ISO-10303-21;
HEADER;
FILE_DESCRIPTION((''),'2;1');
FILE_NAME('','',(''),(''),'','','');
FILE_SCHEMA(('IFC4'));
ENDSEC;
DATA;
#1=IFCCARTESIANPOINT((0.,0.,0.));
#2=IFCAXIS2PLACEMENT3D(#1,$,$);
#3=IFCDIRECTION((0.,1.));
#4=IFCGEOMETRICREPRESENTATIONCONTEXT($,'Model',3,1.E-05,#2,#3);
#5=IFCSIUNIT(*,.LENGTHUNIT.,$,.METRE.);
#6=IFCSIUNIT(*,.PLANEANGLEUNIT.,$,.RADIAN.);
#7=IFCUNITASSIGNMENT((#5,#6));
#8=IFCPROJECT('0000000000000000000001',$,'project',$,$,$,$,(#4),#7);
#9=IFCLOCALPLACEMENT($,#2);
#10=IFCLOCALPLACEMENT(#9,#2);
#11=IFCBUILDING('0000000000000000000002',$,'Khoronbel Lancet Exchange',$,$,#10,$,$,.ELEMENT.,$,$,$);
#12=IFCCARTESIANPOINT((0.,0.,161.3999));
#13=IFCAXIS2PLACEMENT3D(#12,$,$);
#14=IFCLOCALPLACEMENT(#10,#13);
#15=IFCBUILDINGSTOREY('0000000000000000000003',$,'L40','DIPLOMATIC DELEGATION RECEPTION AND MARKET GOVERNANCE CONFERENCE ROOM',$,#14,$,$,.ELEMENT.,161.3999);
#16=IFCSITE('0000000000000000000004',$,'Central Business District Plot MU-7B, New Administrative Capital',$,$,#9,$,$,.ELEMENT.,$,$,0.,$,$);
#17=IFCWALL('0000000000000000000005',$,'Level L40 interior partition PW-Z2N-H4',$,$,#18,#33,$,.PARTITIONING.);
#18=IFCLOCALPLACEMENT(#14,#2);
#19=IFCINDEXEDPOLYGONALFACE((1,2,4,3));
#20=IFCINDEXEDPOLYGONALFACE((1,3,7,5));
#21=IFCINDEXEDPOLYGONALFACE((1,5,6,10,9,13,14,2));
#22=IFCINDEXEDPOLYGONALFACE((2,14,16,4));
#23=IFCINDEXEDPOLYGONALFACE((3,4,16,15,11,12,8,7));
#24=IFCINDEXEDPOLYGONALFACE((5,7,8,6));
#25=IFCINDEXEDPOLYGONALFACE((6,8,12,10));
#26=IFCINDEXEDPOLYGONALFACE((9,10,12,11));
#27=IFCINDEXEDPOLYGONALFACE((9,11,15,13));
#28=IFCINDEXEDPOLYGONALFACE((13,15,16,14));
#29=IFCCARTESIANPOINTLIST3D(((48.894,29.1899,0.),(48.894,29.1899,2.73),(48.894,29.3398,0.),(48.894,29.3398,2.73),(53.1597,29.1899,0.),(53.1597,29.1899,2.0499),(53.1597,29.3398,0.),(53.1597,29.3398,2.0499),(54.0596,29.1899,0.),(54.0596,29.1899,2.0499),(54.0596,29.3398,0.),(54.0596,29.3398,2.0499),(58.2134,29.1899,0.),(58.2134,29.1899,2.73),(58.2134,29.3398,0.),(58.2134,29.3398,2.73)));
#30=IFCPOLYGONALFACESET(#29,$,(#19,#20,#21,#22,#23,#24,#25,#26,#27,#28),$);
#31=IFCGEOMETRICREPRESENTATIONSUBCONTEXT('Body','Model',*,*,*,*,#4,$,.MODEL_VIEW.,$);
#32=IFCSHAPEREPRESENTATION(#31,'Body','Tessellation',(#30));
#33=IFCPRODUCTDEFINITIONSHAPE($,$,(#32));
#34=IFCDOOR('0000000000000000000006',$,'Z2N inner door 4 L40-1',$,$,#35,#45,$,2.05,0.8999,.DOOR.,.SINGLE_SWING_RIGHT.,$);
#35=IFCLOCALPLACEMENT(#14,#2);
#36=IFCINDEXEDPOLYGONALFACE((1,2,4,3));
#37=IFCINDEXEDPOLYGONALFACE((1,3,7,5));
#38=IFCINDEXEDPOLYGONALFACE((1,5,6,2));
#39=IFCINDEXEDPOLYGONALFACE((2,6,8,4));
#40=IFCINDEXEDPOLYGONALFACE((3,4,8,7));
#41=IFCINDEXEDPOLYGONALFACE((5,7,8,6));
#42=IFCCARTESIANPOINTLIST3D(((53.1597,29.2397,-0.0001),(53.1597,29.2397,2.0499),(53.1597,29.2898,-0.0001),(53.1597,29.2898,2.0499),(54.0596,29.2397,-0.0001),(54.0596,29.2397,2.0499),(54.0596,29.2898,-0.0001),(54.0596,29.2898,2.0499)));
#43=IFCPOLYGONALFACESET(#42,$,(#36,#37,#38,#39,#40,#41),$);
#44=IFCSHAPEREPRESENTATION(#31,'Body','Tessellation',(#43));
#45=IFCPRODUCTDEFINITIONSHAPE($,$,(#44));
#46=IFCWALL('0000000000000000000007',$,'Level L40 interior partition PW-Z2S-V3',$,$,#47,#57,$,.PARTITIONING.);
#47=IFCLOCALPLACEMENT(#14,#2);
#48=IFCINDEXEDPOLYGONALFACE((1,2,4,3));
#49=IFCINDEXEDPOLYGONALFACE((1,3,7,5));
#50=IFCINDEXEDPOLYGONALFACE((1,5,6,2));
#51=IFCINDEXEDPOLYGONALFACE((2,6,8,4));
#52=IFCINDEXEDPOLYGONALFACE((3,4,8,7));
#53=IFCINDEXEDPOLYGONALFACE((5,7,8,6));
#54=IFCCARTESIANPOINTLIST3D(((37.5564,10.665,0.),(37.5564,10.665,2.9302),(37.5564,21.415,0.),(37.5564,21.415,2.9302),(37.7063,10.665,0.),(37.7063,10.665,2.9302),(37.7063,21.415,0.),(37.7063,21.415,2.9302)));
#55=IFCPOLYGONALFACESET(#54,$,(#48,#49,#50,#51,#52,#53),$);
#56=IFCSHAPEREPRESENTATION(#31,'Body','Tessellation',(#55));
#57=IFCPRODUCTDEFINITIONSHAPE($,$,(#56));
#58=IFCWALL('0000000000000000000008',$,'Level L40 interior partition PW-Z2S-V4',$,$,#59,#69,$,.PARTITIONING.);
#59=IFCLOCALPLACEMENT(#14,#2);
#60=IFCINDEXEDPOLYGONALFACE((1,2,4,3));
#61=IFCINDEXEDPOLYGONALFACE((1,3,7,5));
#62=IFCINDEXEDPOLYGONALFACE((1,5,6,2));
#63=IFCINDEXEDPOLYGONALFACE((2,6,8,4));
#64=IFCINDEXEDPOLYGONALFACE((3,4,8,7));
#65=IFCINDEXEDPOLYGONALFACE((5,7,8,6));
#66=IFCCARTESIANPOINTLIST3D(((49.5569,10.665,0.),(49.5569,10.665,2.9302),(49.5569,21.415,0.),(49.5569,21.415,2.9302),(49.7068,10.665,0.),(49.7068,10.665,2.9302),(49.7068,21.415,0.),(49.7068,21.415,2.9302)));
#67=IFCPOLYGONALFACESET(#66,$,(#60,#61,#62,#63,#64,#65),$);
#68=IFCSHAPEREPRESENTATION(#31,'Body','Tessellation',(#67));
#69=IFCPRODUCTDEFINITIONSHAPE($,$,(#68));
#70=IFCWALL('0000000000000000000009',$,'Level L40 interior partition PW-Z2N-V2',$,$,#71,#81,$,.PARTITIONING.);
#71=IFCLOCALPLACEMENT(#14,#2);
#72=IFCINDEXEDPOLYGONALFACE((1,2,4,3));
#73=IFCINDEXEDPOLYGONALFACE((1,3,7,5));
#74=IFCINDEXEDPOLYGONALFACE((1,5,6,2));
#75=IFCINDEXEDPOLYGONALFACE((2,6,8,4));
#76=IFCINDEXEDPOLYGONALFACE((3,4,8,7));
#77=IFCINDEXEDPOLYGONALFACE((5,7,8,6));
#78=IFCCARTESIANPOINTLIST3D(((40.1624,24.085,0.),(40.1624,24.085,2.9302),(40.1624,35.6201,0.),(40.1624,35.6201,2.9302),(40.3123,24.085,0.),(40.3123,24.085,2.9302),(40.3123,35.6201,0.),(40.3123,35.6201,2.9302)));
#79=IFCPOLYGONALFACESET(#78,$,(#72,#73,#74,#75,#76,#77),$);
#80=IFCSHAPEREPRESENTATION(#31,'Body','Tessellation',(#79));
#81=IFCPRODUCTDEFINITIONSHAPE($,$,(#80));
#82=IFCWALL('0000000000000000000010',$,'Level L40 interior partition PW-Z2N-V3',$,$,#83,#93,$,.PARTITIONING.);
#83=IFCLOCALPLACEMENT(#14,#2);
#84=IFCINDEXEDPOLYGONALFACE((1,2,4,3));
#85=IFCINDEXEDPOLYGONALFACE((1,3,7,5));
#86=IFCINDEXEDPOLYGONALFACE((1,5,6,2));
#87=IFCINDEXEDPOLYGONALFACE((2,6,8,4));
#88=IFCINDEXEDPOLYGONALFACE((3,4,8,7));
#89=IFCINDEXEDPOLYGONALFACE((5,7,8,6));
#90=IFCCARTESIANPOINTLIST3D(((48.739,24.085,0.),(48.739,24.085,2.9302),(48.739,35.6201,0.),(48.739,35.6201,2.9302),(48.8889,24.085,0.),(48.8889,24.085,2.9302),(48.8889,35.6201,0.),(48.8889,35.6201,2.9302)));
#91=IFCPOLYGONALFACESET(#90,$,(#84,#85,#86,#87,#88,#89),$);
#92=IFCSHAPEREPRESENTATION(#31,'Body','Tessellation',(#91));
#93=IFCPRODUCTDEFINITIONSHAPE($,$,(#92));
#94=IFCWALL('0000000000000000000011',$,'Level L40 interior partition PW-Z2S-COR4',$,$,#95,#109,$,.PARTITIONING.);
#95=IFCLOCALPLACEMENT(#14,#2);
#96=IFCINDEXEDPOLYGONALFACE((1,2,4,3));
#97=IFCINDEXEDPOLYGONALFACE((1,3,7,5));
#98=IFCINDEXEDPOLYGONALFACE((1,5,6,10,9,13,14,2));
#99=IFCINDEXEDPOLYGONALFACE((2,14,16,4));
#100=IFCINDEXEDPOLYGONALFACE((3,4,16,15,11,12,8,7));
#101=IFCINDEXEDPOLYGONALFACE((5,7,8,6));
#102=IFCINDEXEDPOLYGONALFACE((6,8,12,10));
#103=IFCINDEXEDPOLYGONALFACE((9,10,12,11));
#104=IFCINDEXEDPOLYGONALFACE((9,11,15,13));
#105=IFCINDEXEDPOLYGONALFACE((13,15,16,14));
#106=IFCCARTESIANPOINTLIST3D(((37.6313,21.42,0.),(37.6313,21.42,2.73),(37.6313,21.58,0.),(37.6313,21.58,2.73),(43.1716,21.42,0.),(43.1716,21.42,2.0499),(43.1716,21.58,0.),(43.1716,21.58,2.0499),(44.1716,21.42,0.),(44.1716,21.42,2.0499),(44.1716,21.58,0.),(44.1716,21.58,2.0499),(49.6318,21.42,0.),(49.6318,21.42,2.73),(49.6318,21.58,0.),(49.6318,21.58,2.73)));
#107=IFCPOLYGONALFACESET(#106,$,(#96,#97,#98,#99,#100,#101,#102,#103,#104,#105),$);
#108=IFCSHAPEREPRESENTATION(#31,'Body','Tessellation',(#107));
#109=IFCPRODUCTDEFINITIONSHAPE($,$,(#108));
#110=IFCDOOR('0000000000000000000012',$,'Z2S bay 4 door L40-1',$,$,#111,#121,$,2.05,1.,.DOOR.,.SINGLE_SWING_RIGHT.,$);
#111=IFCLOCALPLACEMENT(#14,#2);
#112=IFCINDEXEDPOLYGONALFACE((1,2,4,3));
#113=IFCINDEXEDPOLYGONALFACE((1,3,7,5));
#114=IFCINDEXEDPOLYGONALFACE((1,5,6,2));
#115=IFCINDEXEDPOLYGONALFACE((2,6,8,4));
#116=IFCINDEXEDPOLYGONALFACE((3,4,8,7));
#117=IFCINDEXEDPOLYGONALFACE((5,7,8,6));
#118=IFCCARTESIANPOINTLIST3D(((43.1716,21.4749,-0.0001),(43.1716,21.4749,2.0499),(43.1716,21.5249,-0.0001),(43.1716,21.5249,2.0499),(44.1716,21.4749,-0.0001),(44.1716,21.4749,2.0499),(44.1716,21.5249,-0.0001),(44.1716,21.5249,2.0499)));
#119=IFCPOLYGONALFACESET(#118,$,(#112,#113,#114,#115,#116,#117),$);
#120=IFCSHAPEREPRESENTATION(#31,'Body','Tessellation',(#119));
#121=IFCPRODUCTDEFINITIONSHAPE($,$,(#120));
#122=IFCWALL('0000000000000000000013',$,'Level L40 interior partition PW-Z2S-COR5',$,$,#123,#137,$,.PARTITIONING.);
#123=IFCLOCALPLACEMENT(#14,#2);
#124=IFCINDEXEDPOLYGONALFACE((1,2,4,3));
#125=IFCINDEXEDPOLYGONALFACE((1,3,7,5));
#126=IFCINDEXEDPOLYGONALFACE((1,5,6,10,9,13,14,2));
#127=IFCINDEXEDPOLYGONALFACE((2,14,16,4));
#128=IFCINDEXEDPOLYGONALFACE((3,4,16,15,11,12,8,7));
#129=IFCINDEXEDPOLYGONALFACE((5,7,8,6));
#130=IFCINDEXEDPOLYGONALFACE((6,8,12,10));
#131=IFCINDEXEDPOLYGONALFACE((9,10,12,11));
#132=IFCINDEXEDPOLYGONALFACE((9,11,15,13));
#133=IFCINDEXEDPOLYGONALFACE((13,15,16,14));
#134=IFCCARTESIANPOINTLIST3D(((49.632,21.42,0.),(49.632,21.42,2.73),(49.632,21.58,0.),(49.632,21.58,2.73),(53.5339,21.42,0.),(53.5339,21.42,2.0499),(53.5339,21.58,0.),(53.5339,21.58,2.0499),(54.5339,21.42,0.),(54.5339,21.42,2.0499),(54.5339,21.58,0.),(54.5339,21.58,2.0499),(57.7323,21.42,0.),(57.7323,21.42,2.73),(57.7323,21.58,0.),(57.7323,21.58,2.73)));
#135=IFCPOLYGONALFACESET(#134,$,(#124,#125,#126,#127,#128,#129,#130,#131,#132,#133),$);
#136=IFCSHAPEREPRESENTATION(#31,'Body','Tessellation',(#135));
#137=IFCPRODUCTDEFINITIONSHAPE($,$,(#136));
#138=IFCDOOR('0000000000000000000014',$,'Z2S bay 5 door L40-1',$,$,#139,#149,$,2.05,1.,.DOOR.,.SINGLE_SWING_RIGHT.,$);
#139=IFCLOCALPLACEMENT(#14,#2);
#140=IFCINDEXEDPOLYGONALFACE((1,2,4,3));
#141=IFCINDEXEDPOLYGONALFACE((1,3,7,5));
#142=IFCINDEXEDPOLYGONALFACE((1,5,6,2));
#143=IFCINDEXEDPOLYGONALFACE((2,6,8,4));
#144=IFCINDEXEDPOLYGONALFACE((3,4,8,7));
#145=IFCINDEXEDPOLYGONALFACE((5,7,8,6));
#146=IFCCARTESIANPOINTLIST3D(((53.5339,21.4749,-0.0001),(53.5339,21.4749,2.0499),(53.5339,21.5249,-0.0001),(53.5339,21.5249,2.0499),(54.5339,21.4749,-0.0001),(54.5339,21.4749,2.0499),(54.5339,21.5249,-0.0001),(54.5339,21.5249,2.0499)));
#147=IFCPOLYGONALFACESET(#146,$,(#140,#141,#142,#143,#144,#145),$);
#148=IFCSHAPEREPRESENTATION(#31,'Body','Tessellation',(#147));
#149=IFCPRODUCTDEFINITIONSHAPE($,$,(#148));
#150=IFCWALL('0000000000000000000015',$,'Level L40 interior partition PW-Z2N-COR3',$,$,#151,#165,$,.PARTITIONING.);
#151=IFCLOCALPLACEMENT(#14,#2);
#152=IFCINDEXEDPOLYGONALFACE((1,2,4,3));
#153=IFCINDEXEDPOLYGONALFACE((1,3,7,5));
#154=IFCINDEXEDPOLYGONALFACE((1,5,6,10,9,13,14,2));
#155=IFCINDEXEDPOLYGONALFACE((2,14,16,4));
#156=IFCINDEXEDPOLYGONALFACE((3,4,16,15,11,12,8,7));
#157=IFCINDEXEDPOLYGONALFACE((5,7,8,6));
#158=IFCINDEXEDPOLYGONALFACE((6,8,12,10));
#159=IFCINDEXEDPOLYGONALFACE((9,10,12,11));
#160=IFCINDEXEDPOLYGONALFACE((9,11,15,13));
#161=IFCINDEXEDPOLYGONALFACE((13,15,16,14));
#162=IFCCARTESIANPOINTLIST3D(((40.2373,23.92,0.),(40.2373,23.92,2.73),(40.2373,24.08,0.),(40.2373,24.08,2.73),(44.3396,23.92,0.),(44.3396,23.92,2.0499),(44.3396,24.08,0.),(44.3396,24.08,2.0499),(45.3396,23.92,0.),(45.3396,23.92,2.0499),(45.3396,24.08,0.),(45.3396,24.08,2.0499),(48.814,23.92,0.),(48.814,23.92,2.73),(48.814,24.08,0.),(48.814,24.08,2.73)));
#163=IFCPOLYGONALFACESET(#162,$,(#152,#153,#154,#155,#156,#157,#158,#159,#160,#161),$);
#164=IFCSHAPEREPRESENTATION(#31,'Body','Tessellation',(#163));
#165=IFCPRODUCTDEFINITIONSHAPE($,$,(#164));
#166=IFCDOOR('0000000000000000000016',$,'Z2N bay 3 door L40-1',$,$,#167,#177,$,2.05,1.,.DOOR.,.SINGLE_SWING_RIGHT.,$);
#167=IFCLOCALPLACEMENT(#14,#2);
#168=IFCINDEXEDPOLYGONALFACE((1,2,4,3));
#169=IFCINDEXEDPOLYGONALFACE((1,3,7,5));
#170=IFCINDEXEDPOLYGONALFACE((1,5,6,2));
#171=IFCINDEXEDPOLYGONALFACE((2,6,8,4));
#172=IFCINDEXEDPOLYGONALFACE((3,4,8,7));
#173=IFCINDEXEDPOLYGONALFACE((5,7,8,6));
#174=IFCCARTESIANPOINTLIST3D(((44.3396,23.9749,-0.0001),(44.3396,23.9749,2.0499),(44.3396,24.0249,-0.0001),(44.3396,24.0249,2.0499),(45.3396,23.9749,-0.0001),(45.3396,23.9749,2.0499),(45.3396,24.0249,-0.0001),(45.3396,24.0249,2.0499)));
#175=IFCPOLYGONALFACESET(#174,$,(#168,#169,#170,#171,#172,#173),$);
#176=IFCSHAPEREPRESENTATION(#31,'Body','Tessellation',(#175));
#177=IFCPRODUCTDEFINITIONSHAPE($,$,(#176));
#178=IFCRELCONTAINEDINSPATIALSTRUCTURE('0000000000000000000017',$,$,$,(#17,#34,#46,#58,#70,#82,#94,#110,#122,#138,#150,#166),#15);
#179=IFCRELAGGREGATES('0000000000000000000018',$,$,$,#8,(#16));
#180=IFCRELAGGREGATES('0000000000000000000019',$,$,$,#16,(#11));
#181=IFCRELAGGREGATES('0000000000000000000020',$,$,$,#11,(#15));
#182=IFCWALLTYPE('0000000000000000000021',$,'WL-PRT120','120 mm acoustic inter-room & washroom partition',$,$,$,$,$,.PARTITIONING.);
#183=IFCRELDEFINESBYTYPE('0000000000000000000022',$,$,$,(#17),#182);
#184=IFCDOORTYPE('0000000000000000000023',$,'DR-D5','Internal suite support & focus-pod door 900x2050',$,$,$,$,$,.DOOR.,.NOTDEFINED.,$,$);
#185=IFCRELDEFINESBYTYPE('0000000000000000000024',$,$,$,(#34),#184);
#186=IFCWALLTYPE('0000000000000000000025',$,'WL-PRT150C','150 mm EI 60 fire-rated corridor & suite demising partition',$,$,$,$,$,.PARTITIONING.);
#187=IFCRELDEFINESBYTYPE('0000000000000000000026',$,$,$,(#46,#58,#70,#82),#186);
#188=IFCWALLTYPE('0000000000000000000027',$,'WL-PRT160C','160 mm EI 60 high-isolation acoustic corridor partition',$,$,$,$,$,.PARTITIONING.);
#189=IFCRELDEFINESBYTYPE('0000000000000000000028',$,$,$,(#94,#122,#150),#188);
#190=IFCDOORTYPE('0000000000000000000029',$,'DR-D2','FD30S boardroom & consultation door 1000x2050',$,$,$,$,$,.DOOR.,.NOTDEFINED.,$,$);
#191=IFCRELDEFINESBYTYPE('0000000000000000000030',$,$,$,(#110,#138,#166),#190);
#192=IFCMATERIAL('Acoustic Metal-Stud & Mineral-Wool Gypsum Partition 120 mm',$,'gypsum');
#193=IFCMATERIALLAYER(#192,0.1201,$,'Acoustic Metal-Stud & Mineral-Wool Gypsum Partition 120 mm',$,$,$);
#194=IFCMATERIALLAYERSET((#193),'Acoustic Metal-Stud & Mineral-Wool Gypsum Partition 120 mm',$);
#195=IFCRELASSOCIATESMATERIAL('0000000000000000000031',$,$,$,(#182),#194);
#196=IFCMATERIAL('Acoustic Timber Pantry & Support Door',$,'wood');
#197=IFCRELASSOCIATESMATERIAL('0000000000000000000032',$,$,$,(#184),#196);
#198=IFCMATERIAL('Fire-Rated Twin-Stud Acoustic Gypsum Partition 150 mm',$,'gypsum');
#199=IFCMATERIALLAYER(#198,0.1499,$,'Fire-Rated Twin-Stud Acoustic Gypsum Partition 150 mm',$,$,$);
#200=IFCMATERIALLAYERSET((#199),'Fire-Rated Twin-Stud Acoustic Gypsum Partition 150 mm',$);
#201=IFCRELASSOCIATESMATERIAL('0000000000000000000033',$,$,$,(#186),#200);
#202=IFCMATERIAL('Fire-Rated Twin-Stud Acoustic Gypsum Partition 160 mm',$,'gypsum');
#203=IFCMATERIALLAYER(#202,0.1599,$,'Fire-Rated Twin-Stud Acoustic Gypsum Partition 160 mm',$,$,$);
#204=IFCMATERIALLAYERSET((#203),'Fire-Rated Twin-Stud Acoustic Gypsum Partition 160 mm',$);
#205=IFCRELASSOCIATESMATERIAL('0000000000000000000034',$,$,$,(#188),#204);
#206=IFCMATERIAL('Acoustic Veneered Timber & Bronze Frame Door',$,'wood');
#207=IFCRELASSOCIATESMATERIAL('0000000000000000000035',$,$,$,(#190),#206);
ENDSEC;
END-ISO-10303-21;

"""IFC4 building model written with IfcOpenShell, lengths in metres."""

from ifc_helpers import new_model, si_unit, direction, frame, frame_2d, origin, place, context, subcontext, project, spatial, rectangle, extrude, material, layer, layer_set, type_object, element, fill, save


model = new_model("IFC4")

# Units and contexts
model_context = context("Model", 3, precision=1e-05, world=origin(), true_north=direction((0.0, 1.0)))
body_context = subcontext(model_context, "Body", "Model", "MODEL_VIEW")
ifc_project = project(units=[si_unit("LENGTHUNIT", "METRE"), si_unit("PLANEANGLEUNIT", "RADIAN")], contexts=[model_context])

# Site, building, storey
site_placement = place(None, origin())
site = spatial("IfcSite", under=ifc_project, at=site_placement, Name="Central Business District Plot MU-7B, New Administrative Capital", CompositionType="ELEMENT", RefElevation=0.0)
building_placement = place(site_placement, origin())
building = spatial("IfcBuilding", under=site, at=building_placement, Name="Khoronbel Lancet Exchange", CompositionType="ELEMENT")
storey_placement = place(building_placement, frame((0.0, 0.0, 161.3999)))
storey = spatial("IfcBuildingStorey", under=building, at=storey_placement, Name="L40", Description="DIPLOMATIC DELEGATION RECEPTION AND MARKET GOVERNANCE CONFERENCE ROOM", CompositionType="ELEMENT", Elevation=161.3999)

# Wall, opening, door
ifc_material_1 = material(Name="Acoustic Metal-Stud & Mineral-Wool Gypsum Partition 120 mm", Category="gypsum")
ifc_layer_1 = layer(ifc_material_1, 0.1201, Name="Acoustic Metal-Stud & Mineral-Wool Gypsum Partition 120 mm")
ifc_layer_set_1 = layer_set([ifc_layer_1], Name="Acoustic Metal-Stud & Mineral-Wool Gypsum Partition 120 mm")
wall_type_1 = type_object("IfcWallType", Name="WL-PRT120", Description="120 mm acoustic inter-room & washroom partition", PredefinedType="PARTITIONING", material=ifc_layer_set_1)
ifc_material_2 = material(Name="Acoustic Timber Pantry & Support Door", Category="wood")
door_type_1 = type_object("IfcDoorType", Name="DR-D5", Description="Internal suite support & focus-pod door 900x2050", OperationType="NOTDEFINED", PredefinedType="DOOR", material=ifc_material_2)
wall_1_placement = place(storey_placement, frame((48.894, 29.2649, 0.0), z_axis=(0.0, 0.0, 1.0), x_axis=(1.0, 0.0, 0.0)))
wall_1 = element("IfcWall", 1, at=wall_1_placement, inside=storey, type_object=wall_type_1, Name="Level L40 interior partition PW-Z2N-H4", PredefinedType="PARTITIONING", context=body_context, shape_type="SweptSolid", body=[
    extrude(rectangle(XDim=9.3193, YDim=0.1499, at=frame_2d((4.6597, 0.0))), origin(), (0.0, 0.0, 1.0), 2.73),
])
opening_1_placement = place(wall_1_placement, frame((4.2656, 0.0, 0.0)))
opening_1 = element("IfcOpeningElement", 2, at=opening_1_placement, cuts=wall_1, PredefinedType="OPENING", context=body_context, shape_type="SweptSolid", body=[
    extrude(rectangle(XDim=0.8999, YDim=2.05, at=frame_2d((0.45, 1.0249))), frame((0.0, 0.085, 0.0), z_axis=(0.0, -1.0, 0.0), x_axis=(1.0, 0.0, 0.0)), (0.0, 0.0, 1.0), 0.1699),
])
door_1_placement = place(opening_1_placement, origin())
door_1 = element("IfcDoor", 3, at=door_1_placement, inside=storey, type_object=door_type_1, Name="Z2N inner door 4 L40-1", OperationType="SINGLE_SWING_RIGHT", OverallHeight=2.05, OverallWidth=0.8999, PredefinedType="DOOR", context=body_context, shape_type="SweptSolid", body=[
    extrude(rectangle(XDim=0.8999, YDim=2.05, at=frame_2d((0.45, 1.0249))), frame((0.0, 0.0249, 0.0), z_axis=(0.0, -1.0, 0.0), x_axis=(1.0, 0.0, 0.0)), (0.0, 0.0, 1.0), 0.05),
])
fill(opening_1, door_1)

# Walls
ifc_material_3 = material(Name="Fire-Rated Twin-Stud Acoustic Gypsum Partition 150 mm", Category="gypsum")
ifc_layer_2 = layer(ifc_material_3, 0.1499, Name="Fire-Rated Twin-Stud Acoustic Gypsum Partition 150 mm")
ifc_layer_set_2 = layer_set([ifc_layer_2], Name="Fire-Rated Twin-Stud Acoustic Gypsum Partition 150 mm")
wall_type_2 = type_object("IfcWallType", Name="WL-PRT150C", Description="150 mm EI 60 fire-rated corridor & suite demising partition", PredefinedType="PARTITIONING", material=ifc_layer_set_2)
for number, where, z_axis, x_axis, name in (
    (4, (37.6313, 10.665, 0.0), (0.0, 0.0, 1.0), (0.0, 1.0, 0.0), "Level L40 interior partition PW-Z2S-V3"),
    (5, (49.6318, 10.665, 0.0), (0.0, 0.0, 1.0), (0.0, 1.0, 0.0), "Level L40 interior partition PW-Z2S-V4"),
):
    element("IfcWall", number, at=place(storey_placement, frame(where, z_axis=z_axis, x_axis=x_axis)), inside=storey, type_object=wall_type_2, Name=name, PredefinedType="PARTITIONING", context=body_context, shape_type="SweptSolid", body=[
        extrude(rectangle(XDim=10.75, YDim=0.1499, at=frame_2d((5.375, 0.0))), origin(), (0.0, 0.0, 1.0), 2.9302),
    ])
for number, where, z_axis, x_axis, name in (
    (6, (40.2373, 24.085, 0.0), (0.0, 0.0, 1.0), (0.0, 1.0, 0.0), "Level L40 interior partition PW-Z2N-V2"),
    (7, (48.814, 24.085, 0.0), (0.0, 0.0, 1.0), (0.0, 1.0, 0.0), "Level L40 interior partition PW-Z2N-V3"),
):
    element("IfcWall", number, at=place(storey_placement, frame(where, z_axis=z_axis, x_axis=x_axis)), inside=storey, type_object=wall_type_2, Name=name, PredefinedType="PARTITIONING", context=body_context, shape_type="SweptSolid", body=[
        extrude(rectangle(XDim=11.5352, YDim=0.1499, at=frame_2d((5.7676, 0.0))), origin(), (0.0, 0.0, 1.0), 2.9302),
    ])

# Walls, openings, doors
ifc_material_4 = material(Name="Fire-Rated Twin-Stud Acoustic Gypsum Partition 160 mm", Category="gypsum")
ifc_layer_3 = layer(ifc_material_4, 0.1599, Name="Fire-Rated Twin-Stud Acoustic Gypsum Partition 160 mm")
ifc_layer_set_3 = layer_set([ifc_layer_3], Name="Fire-Rated Twin-Stud Acoustic Gypsum Partition 160 mm")
wall_type_3 = type_object("IfcWallType", Name="WL-PRT160C", Description="160 mm EI 60 high-isolation acoustic corridor partition", PredefinedType="PARTITIONING", material=ifc_layer_set_3)
wall_2_placement = place(storey_placement, frame((37.6313, 21.5, 0.0), z_axis=(0.0, 0.0, 1.0), x_axis=(1.0, 0.0, 0.0)))
wall_2 = element("IfcWall", 8, at=wall_2_placement, inside=storey, type_object=wall_type_3, Name="Level L40 interior partition PW-Z2S-COR4", PredefinedType="PARTITIONING", context=body_context, shape_type="SweptSolid", body=[
    extrude(rectangle(XDim=12.0005, YDim=0.1599, at=frame_2d((6.0002, 0.0))), origin(), (0.0, 0.0, 1.0), 2.73),
])
opening_2_placement = place(wall_2_placement, frame((5.5403, 0.0, 0.0)))
opening_2 = element("IfcOpeningElement", 9, at=opening_2_placement, cuts=wall_2, PredefinedType="OPENING", context=body_context, shape_type="SweptSolid", body=[
    extrude(rectangle(XDim=1.0, YDim=2.05, at=frame_2d((0.5, 1.0249))), frame((0.0, 0.0898, 0.0), z_axis=(0.0, -1.0, 0.0), x_axis=(1.0, 0.0, 0.0)), (0.0, 0.0, 1.0), 0.1799),
])
ifc_material_5 = material(Name="Acoustic Veneered Timber & Bronze Frame Door", Category="wood")
door_type_2 = type_object("IfcDoorType", Name="DR-D2", Description="FD30S boardroom & consultation door 1000x2050", OperationType="NOTDEFINED", PredefinedType="DOOR", material=ifc_material_5)
door_2_placement = place(opening_2_placement, origin())
door_2 = element("IfcDoor", 10, at=door_2_placement, inside=storey, type_object=door_type_2, Name="Z2S bay 4 door L40-1", OperationType="SINGLE_SWING_RIGHT", OverallHeight=2.05, OverallWidth=1.0, PredefinedType="DOOR", context=body_context, shape_type="SweptSolid", body=[
    extrude(rectangle(XDim=1.0, YDim=2.05, at=frame_2d((0.5, 1.0249))), frame((0.0, 0.0249, 0.0), z_axis=(0.0, -1.0, 0.0), x_axis=(1.0, 0.0, 0.0)), (0.0, 0.0, 1.0), 0.05),
])
fill(opening_2, door_2)
wall_3_placement = place(storey_placement, frame((49.6318, 21.5, 0.0), z_axis=(0.0, 0.0, 1.0), x_axis=(1.0, 0.0, 0.0)))
wall_3 = element("IfcWall", 11, at=wall_3_placement, inside=storey, type_object=wall_type_3, Name="Level L40 interior partition PW-Z2S-COR5", PredefinedType="PARTITIONING", context=body_context, shape_type="SweptSolid", body=[
    extrude(rectangle(XDim=8.1003, YDim=0.1599, at=frame_2d((4.0503, 0.0))), origin(), (0.0, 0.0, 1.0), 2.73),
])
opening_3_placement = place(wall_3_placement, frame((3.9021, 0.0, 0.0)))
opening_3 = element("IfcOpeningElement", 12, at=opening_3_placement, cuts=wall_3, PredefinedType="OPENING", context=body_context, shape_type="SweptSolid", body=[
    extrude(rectangle(XDim=1.0, YDim=2.05, at=frame_2d((0.5, 1.0249))), frame((0.0, 0.0898, 0.0), z_axis=(0.0, -1.0, 0.0), x_axis=(1.0, 0.0, 0.0)), (0.0, 0.0, 1.0), 0.1799),
])
door_3_placement = place(opening_3_placement, origin())
door_3 = element("IfcDoor", 13, at=door_3_placement, inside=storey, type_object=door_type_2, Name="Z2S bay 5 door L40-1", OperationType="SINGLE_SWING_RIGHT", OverallHeight=2.05, OverallWidth=1.0, PredefinedType="DOOR", context=body_context, shape_type="SweptSolid", body=[
    extrude(rectangle(XDim=1.0, YDim=2.05, at=frame_2d((0.5, 1.0249))), frame((0.0, 0.0249, 0.0), z_axis=(0.0, -1.0, 0.0), x_axis=(1.0, 0.0, 0.0)), (0.0, 0.0, 1.0), 0.05),
])
fill(opening_3, door_3)
wall_4_placement = place(storey_placement, frame((40.2373, 24.0, 0.0), z_axis=(0.0, 0.0, 1.0), x_axis=(1.0, 0.0, 0.0)))
wall_4 = element("IfcWall", 14, at=wall_4_placement, inside=storey, type_object=wall_type_3, Name="Level L40 interior partition PW-Z2N-COR3", PredefinedType="PARTITIONING", context=body_context, shape_type="SweptSolid", body=[
    extrude(rectangle(XDim=8.5767, YDim=0.1599, at=frame_2d((4.2883, 0.0))), origin(), (0.0, 0.0, 1.0), 2.73),
])
opening_4_placement = place(wall_4_placement, frame((4.1023, 0.0, 0.0)))
opening_4 = element("IfcOpeningElement", 15, at=opening_4_placement, cuts=wall_4, PredefinedType="OPENING", context=body_context, shape_type="SweptSolid", body=[
    extrude(rectangle(XDim=1.0, YDim=2.05, at=frame_2d((0.5, 1.0249))), frame((0.0, 0.0898, 0.0), z_axis=(0.0, -1.0, 0.0), x_axis=(1.0, 0.0, 0.0)), (0.0, 0.0, 1.0), 0.1799),
])
door_4_placement = place(opening_4_placement, origin())
door_4 = element("IfcDoor", 16, at=door_4_placement, inside=storey, type_object=door_type_2, Name="Z2N bay 3 door L40-1", OperationType="SINGLE_SWING_RIGHT", OverallHeight=2.05, OverallWidth=1.0, PredefinedType="DOOR", context=body_context, shape_type="SweptSolid", body=[
    extrude(rectangle(XDim=1.0, YDim=2.05, at=frame_2d((0.5, 1.0249))), frame((0.0, 0.0249, 0.0), z_axis=(0.0, -1.0, 0.0), x_axis=(1.0, 0.0, 0.0)), (0.0, 0.0, 1.0), 0.05),
])
fill(opening_4, door_4)

save(model, "model.ifc")
